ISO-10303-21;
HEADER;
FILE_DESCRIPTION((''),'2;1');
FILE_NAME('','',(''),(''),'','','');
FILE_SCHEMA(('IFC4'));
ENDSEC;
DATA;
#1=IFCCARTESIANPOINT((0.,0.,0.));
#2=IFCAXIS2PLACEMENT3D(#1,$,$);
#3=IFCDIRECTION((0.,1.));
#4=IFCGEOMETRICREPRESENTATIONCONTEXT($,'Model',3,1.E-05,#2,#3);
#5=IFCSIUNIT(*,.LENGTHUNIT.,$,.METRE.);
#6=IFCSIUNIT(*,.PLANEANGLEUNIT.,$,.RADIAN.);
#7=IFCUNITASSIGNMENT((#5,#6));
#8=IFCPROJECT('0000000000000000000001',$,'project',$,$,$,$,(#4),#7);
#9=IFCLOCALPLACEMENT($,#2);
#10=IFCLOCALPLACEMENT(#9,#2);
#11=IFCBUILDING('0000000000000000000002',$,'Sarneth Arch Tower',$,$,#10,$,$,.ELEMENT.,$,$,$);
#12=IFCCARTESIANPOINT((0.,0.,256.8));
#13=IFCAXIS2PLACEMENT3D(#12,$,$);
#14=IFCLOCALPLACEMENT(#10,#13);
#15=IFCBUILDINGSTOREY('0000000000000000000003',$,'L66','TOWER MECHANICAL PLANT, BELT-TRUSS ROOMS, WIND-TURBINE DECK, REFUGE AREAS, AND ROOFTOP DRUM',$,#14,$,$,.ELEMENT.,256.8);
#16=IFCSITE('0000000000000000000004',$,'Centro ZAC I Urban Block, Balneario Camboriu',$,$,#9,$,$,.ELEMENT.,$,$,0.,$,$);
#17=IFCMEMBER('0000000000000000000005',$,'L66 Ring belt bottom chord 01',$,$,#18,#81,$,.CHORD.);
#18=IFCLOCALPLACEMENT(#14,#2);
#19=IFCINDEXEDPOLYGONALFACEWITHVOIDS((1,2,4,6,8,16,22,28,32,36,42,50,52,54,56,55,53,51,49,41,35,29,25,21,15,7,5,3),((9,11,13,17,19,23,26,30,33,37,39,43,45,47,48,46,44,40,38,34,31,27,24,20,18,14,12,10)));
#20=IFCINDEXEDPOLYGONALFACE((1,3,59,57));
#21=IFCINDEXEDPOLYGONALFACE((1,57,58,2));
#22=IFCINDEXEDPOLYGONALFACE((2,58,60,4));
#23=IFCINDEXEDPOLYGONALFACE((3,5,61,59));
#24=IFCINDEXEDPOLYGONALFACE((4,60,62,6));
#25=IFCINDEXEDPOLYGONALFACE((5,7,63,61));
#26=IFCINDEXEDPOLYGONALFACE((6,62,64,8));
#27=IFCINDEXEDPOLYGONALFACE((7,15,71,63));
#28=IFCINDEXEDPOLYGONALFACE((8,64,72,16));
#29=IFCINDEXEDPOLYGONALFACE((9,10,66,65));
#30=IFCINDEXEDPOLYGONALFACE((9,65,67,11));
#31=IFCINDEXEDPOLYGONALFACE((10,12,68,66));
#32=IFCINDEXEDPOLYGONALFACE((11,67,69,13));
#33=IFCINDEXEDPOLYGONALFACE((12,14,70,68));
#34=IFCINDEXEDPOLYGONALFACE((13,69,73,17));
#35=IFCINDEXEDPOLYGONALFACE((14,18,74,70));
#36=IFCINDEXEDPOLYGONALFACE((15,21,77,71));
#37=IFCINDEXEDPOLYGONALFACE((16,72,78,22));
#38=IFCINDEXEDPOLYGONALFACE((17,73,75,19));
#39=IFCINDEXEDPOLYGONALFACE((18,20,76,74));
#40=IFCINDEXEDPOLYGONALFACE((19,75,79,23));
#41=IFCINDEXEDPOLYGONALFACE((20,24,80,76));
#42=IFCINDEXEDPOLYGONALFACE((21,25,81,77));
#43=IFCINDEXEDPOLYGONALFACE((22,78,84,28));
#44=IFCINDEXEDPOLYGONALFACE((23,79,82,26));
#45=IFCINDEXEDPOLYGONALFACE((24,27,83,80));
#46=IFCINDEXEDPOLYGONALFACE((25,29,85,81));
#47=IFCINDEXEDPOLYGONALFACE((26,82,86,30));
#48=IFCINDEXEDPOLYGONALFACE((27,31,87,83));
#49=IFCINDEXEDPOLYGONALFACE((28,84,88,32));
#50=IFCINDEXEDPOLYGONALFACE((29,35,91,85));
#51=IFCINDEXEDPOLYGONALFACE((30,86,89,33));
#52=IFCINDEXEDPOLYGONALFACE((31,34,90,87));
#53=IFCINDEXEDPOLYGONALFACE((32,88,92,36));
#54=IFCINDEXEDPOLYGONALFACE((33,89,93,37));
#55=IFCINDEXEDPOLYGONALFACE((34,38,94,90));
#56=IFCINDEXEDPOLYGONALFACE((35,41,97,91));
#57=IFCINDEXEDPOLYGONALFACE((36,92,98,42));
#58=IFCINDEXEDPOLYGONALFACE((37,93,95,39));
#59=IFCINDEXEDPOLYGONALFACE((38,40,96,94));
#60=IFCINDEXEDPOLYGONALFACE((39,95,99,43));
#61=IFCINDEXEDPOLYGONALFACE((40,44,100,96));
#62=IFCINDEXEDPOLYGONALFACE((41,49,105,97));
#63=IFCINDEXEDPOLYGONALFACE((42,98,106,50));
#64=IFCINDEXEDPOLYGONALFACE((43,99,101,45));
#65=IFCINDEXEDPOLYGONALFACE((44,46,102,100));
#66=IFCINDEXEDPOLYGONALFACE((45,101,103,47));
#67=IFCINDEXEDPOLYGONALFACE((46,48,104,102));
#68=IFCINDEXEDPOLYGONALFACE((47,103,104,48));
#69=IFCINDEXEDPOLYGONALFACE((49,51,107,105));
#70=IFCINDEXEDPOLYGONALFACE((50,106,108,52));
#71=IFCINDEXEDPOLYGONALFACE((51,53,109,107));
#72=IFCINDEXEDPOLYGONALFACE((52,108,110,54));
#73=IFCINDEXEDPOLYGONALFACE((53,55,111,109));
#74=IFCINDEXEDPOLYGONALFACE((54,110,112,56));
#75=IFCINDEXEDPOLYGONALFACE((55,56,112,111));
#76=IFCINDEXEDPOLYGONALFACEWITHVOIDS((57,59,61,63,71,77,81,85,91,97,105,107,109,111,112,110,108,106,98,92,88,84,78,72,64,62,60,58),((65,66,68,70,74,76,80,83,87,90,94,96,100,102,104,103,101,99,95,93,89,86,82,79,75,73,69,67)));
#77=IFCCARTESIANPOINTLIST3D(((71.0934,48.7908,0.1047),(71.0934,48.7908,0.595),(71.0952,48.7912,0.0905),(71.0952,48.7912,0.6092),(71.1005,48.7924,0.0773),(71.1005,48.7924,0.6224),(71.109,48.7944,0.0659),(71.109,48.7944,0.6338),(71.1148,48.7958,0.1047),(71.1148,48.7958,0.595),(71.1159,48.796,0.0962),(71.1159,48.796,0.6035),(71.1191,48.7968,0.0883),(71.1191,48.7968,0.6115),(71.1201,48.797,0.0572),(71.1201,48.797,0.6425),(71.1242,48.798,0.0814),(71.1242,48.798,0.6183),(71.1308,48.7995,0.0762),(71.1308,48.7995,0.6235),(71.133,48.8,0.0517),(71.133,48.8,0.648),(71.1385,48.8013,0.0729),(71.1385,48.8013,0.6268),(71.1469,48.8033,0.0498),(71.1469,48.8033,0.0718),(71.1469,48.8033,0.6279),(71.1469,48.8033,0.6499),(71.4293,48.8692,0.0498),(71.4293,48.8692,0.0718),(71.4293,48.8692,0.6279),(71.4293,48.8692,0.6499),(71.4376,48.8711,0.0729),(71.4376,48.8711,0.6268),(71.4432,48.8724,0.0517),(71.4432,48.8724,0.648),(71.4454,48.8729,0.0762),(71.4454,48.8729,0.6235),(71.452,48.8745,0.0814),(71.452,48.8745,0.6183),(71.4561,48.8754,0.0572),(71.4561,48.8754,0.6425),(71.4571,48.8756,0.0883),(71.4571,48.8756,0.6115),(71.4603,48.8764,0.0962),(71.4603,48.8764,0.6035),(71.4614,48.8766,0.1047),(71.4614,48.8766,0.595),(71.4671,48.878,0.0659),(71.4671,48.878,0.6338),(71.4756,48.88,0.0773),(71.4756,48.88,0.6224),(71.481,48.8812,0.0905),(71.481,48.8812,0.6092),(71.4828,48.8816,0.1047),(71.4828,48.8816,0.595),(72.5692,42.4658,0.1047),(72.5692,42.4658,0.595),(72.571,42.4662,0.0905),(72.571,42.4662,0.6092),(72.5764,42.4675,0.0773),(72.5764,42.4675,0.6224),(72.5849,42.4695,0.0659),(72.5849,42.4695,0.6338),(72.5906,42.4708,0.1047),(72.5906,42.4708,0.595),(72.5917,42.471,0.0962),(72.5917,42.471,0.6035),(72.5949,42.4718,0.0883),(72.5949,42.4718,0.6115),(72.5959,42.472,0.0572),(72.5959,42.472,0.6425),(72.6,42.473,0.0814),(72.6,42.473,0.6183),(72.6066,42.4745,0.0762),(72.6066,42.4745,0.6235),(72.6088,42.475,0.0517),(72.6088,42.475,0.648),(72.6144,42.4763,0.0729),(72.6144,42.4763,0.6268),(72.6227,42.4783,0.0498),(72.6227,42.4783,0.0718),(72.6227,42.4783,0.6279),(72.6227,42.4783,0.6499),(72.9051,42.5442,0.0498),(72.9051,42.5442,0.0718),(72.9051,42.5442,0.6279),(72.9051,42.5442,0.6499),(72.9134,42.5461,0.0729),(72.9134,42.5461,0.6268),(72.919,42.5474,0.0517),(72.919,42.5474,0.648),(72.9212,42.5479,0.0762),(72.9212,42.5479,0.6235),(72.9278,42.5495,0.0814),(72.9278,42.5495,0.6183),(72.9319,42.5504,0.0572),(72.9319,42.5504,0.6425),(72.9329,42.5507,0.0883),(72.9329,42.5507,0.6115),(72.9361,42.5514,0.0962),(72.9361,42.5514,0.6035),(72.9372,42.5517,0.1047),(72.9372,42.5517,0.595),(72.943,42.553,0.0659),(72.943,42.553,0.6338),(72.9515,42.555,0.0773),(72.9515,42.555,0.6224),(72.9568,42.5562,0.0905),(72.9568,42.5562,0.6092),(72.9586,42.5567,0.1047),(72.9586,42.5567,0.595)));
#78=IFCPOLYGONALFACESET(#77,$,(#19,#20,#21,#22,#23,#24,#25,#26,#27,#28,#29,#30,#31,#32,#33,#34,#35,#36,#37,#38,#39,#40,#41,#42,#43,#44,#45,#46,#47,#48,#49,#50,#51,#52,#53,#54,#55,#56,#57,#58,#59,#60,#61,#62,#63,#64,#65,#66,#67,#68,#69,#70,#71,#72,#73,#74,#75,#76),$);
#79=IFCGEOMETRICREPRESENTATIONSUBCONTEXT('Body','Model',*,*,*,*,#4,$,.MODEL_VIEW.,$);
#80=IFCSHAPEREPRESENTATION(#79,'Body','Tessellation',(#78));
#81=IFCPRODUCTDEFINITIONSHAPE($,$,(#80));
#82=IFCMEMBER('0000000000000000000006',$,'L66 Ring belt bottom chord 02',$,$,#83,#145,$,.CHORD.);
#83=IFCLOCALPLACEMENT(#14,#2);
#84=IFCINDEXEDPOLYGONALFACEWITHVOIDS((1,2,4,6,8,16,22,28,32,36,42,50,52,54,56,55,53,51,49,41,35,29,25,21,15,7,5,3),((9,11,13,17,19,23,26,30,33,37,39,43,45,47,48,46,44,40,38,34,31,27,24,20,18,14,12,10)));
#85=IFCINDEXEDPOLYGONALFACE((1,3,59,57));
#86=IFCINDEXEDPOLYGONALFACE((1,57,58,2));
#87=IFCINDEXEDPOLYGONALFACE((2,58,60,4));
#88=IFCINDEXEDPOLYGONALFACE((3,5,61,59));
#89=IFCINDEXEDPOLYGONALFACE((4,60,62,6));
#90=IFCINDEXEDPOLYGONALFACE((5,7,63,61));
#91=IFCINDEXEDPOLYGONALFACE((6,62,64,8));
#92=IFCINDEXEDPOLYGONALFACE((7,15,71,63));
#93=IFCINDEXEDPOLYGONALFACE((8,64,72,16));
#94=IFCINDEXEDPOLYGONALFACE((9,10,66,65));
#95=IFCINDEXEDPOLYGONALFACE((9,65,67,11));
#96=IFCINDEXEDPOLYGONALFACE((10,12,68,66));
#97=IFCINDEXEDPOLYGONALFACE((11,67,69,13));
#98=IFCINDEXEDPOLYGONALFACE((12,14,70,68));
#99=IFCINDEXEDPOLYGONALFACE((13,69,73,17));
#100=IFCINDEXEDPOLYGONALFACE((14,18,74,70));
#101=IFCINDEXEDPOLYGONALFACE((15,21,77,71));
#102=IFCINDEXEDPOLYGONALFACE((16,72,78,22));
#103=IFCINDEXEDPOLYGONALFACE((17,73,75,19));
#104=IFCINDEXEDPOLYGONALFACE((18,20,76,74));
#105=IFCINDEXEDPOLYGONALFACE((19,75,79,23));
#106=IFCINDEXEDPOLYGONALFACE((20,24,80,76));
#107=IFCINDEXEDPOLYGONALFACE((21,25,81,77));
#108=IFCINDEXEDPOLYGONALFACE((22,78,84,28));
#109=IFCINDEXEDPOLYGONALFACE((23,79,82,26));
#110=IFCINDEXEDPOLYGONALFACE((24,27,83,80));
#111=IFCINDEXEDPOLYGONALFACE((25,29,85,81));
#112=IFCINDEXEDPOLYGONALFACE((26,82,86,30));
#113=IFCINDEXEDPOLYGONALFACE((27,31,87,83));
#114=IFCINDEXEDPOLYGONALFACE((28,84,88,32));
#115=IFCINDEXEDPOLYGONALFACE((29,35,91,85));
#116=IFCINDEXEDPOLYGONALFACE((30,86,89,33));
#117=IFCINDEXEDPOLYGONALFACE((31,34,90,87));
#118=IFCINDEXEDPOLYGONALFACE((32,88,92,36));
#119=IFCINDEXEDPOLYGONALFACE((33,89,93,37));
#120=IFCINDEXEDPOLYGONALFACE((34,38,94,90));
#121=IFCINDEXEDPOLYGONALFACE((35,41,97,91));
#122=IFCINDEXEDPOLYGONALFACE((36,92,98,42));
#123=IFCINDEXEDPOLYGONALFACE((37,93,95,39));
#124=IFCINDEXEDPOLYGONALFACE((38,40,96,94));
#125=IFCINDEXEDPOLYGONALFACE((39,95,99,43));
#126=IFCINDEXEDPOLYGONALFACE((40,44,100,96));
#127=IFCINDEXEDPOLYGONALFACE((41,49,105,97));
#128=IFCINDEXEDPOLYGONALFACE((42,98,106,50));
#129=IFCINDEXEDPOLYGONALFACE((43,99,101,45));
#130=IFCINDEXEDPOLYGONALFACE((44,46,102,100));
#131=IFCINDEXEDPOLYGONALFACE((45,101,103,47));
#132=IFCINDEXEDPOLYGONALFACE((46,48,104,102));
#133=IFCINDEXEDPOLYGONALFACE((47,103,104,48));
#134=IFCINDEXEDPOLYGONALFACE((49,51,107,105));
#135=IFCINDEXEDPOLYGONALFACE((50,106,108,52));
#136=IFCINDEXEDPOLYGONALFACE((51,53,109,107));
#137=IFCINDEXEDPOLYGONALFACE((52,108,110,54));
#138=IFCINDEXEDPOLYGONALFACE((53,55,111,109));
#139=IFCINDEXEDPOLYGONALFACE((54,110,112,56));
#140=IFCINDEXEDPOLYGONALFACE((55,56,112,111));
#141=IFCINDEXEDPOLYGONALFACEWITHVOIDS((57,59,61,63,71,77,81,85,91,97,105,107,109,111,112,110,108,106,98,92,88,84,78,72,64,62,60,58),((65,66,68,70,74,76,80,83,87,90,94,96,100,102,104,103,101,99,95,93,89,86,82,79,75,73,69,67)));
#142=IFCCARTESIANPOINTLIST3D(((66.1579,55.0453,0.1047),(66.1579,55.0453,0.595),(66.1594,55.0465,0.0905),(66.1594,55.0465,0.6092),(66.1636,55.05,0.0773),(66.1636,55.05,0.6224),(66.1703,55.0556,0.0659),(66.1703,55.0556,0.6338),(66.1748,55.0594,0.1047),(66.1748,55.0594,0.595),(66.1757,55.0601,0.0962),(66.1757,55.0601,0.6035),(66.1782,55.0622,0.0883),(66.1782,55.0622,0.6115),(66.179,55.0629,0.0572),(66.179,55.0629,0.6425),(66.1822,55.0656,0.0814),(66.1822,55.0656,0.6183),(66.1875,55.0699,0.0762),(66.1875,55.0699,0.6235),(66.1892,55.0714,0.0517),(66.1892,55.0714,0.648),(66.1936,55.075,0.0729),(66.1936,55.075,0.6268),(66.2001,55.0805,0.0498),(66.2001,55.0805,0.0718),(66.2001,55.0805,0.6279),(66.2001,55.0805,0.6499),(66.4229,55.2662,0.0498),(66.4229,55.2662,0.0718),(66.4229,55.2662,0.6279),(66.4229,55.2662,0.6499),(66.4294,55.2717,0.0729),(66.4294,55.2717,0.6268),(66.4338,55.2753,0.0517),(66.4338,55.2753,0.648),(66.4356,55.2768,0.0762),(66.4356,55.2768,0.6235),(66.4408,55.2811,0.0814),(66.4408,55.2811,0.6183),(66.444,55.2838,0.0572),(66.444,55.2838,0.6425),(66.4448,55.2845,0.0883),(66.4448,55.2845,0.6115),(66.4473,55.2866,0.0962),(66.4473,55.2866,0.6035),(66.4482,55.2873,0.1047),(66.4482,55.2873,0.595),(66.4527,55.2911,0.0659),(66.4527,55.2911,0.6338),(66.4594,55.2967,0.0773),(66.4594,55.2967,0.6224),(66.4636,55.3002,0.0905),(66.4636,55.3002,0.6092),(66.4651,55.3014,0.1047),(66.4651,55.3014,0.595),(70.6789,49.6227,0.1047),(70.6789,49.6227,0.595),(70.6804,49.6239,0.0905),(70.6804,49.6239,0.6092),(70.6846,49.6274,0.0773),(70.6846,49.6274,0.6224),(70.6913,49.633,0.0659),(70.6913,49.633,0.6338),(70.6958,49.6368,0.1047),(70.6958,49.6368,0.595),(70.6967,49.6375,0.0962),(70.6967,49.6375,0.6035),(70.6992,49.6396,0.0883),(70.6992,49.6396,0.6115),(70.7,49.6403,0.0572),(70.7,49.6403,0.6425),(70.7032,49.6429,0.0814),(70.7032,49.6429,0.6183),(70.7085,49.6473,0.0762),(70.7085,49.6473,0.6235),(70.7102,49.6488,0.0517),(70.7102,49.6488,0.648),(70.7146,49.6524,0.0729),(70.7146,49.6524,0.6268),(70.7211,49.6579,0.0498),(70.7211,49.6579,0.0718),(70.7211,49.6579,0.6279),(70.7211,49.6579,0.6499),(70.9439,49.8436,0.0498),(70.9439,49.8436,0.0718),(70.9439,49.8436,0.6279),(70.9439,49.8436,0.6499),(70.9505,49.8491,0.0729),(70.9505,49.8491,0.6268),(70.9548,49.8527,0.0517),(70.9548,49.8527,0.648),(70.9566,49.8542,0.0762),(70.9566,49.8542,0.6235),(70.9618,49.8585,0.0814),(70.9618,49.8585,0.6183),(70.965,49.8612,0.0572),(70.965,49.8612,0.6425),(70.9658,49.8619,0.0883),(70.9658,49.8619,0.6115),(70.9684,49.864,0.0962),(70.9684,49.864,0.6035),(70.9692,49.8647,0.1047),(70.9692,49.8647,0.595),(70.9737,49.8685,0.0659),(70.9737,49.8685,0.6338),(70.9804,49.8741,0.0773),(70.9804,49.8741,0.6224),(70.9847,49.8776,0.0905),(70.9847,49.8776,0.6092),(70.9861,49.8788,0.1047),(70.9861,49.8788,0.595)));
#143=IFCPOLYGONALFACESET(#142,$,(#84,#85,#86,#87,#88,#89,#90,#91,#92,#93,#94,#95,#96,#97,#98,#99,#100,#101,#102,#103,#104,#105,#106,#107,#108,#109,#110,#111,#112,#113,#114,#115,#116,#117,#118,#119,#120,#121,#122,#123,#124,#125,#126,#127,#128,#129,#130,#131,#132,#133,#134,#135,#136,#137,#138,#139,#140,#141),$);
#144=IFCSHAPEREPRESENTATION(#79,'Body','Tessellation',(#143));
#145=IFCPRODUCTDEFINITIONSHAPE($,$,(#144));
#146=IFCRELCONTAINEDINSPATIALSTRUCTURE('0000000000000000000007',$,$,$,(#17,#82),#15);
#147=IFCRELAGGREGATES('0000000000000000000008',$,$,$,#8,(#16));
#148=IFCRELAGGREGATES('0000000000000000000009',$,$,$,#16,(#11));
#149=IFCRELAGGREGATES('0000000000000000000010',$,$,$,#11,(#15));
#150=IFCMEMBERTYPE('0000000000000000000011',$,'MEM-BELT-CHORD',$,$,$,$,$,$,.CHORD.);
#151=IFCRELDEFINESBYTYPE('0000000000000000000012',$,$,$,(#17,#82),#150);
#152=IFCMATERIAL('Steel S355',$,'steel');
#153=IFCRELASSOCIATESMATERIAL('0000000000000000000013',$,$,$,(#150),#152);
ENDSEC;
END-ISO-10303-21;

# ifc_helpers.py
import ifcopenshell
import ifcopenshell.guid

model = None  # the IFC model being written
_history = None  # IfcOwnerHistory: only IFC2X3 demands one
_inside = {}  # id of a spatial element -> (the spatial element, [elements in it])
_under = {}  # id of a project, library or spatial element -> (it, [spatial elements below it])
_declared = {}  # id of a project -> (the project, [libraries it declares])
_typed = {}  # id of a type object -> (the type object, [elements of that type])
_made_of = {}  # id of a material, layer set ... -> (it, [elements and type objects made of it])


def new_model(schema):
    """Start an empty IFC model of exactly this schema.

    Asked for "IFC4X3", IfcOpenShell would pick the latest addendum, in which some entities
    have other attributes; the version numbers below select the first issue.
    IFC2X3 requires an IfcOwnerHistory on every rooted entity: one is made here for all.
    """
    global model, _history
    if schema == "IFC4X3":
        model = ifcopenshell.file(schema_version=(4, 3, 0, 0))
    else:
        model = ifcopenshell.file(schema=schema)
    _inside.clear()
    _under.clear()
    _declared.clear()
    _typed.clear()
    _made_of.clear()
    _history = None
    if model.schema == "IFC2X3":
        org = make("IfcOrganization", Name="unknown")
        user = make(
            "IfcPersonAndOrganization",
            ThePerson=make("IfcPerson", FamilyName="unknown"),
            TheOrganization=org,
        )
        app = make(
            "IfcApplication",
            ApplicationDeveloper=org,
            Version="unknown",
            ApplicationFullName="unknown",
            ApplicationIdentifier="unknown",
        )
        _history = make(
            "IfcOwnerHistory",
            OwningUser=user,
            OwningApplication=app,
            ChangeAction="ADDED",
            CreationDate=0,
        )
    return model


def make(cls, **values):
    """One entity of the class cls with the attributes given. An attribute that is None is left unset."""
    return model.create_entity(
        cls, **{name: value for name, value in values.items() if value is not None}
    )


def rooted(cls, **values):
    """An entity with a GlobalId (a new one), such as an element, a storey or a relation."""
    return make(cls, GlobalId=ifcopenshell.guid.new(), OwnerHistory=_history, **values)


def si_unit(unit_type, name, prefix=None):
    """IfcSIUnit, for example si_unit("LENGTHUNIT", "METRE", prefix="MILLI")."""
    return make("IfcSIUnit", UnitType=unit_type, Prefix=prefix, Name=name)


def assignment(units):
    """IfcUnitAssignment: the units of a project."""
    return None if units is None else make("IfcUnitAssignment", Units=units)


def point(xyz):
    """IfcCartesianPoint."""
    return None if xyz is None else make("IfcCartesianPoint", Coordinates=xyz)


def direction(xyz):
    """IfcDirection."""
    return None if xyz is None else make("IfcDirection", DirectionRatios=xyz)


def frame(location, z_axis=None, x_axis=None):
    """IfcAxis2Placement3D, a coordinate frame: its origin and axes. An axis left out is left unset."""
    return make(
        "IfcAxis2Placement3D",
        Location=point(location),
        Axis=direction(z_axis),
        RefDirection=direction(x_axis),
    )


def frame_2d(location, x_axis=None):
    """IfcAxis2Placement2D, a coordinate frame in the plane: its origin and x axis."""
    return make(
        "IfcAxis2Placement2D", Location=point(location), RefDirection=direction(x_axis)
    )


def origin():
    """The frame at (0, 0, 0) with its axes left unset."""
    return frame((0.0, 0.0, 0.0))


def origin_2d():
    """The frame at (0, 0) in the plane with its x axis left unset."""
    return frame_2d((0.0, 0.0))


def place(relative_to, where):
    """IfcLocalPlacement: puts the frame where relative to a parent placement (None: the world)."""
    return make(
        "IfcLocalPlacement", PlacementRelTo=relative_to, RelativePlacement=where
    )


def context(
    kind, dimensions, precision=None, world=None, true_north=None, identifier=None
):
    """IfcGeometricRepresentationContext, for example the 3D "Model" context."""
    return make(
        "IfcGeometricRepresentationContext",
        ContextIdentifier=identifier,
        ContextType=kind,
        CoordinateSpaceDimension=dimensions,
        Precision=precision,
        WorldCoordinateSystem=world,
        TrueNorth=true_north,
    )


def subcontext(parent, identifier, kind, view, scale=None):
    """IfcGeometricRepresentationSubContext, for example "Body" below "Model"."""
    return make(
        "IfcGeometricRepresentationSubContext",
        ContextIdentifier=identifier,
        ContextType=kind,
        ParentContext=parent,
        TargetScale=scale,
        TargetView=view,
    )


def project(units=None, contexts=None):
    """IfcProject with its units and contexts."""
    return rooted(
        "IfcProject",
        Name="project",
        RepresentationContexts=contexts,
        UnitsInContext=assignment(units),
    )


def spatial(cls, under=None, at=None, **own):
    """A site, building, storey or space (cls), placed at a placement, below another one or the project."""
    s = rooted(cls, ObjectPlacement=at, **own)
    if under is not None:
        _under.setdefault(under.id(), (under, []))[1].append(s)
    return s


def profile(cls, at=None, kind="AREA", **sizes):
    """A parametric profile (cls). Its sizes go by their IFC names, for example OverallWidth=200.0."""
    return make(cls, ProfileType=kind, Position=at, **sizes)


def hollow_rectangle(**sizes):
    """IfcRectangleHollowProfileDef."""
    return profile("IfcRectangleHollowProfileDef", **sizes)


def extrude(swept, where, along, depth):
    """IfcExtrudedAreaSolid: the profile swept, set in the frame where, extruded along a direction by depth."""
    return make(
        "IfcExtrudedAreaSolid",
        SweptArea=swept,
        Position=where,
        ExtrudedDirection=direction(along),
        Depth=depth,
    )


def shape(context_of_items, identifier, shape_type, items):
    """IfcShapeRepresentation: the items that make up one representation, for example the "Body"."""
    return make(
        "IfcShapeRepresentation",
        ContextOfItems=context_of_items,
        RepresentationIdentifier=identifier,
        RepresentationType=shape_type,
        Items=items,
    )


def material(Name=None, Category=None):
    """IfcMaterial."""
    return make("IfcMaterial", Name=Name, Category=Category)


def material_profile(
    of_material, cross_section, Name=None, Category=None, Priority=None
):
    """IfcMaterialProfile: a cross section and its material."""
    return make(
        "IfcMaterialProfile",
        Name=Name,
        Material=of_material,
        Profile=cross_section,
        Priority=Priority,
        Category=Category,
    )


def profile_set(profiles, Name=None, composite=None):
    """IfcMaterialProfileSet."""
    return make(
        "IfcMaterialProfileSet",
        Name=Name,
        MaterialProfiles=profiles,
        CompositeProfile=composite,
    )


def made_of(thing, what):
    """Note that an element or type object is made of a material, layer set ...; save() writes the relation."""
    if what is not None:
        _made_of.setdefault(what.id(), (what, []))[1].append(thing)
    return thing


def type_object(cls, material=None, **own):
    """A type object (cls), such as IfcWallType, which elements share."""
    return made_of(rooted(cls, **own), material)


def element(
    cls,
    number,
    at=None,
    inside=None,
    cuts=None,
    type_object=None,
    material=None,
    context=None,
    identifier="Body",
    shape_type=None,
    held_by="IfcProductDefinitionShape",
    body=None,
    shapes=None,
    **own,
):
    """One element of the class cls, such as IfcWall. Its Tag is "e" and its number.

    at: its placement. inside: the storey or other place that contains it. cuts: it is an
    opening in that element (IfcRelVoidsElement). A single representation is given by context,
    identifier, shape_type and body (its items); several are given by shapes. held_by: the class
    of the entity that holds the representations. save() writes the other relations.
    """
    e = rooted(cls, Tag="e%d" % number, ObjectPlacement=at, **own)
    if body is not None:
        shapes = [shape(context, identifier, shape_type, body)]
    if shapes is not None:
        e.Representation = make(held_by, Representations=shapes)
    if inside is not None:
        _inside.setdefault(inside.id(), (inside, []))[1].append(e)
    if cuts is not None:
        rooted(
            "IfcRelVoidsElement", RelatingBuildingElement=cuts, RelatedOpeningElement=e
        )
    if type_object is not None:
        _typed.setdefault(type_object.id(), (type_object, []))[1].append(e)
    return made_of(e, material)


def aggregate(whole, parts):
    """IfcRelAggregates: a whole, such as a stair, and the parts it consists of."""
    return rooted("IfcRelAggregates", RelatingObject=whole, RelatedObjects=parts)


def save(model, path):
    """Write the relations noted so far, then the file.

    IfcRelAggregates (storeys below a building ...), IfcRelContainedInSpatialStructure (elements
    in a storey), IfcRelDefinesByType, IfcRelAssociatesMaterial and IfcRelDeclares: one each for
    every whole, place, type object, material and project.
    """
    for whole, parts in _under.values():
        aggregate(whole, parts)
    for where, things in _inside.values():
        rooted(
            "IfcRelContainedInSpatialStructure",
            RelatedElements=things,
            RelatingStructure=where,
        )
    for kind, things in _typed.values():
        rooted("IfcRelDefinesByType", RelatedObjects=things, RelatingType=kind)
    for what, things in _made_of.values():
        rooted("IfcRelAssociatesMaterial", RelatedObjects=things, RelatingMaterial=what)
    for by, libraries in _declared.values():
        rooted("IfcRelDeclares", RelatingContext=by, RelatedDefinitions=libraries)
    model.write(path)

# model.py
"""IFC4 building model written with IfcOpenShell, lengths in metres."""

from ifc_helpers import new_model, si_unit, direction, frame, origin, origin_2d, place, context, subcontext, project, spatial, hollow_rectangle, extrude, material, material_profile, profile_set, type_object, element, save


model = new_model("IFC4")

# Units and contexts
model_context = context("Model", 3, precision=1e-05, world=origin(), true_north=direction((0.0, 1.0)))
body_context = subcontext(model_context, "Body", "Model", "MODEL_VIEW")
ifc_project = project(units=[si_unit("LENGTHUNIT", "METRE"), si_unit("PLANEANGLEUNIT", "RADIAN")], contexts=[model_context])

# Site, building, storey
site_placement = place(None, origin())
site = spatial("IfcSite", under=ifc_project, at=site_placement, Name="Centro ZAC I Urban Block, Balneario Camboriu", CompositionType="ELEMENT", RefElevation=0.0)
building_placement = place(site_placement, origin())
building = spatial("IfcBuilding", under=site, at=building_placement, Name="Sarneth Arch Tower", CompositionType="ELEMENT")
storey_placement = place(building_placement, frame((0.0, 0.0, 256.8)))
storey = spatial("IfcBuildingStorey", under=building, at=storey_placement, Name="L66", Description="TOWER MECHANICAL PLANT, BELT-TRUSS ROOMS, WIND-TURBINE DECK, REFUGE AREAS, AND ROOFTOP DRUM", CompositionType="ELEMENT", Elevation=256.8)

# Members
ifc_material_1 = material(Name="Steel S355", Category="steel")
ifc_material_profile_1 = material_profile(ifc_material_1, hollow_rectangle(XDim=0.3999, YDim=0.6001, WallThickness=0.022, InnerFilletRadius=0.033, OuterFilletRadius=0.0549, at=origin_2d()), Name="RHS600x400x22")
ifc_profile_set_1 = profile_set([ifc_material_profile_1], Name="Steel S355")
member_type_1 = type_object("IfcMemberType", Name="MEM-BELT-CHORD", PredefinedType="CHORD", material=ifc_profile_set_1)
member_1_placement = place(storey_placement, frame((72.7639, 42.5112, 0.3499), z_axis=(-0.227231, 0.973841, 0.0), x_axis=(-0.973841, -0.227231, 0.0)))
element("IfcMember", 1, at=member_1_placement, inside=storey, type_object=member_type_1, Name="L66 Ring belt bottom chord 01", PredefinedType="CHORD", context=body_context, shape_type="SweptSolid", body=[
    extrude(hollow_rectangle(XDim=0.3999, YDim=0.6001, WallThickness=0.022, InnerFilletRadius=0.033, OuterFilletRadius=0.0549, at=origin_2d()), origin(), (0.0, 0.0, 1.0), 6.4949),
])
member_2_placement = place(storey_placement, frame((70.8325, 49.7507, 0.3499), z_axis=(-0.640365, 0.768071, 0.0), x_axis=(-0.768071, -0.640365, 0.0)))
element("IfcMember", 2, at=member_2_placement, inside=storey, type_object=member_type_1, Name="L66 Ring belt bottom chord 02", PredefinedType="CHORD", context=body_context, shape_type="SweptSolid", body=[
    extrude(hollow_rectangle(XDim=0.3999, YDim=0.6001, WallThickness=0.022, InnerFilletRadius=0.033, OuterFilletRadius=0.0549, at=origin_2d()), origin(), (0.0, 0.0, 1.0), 7.0601),
])

save(model, "model.ifc")
